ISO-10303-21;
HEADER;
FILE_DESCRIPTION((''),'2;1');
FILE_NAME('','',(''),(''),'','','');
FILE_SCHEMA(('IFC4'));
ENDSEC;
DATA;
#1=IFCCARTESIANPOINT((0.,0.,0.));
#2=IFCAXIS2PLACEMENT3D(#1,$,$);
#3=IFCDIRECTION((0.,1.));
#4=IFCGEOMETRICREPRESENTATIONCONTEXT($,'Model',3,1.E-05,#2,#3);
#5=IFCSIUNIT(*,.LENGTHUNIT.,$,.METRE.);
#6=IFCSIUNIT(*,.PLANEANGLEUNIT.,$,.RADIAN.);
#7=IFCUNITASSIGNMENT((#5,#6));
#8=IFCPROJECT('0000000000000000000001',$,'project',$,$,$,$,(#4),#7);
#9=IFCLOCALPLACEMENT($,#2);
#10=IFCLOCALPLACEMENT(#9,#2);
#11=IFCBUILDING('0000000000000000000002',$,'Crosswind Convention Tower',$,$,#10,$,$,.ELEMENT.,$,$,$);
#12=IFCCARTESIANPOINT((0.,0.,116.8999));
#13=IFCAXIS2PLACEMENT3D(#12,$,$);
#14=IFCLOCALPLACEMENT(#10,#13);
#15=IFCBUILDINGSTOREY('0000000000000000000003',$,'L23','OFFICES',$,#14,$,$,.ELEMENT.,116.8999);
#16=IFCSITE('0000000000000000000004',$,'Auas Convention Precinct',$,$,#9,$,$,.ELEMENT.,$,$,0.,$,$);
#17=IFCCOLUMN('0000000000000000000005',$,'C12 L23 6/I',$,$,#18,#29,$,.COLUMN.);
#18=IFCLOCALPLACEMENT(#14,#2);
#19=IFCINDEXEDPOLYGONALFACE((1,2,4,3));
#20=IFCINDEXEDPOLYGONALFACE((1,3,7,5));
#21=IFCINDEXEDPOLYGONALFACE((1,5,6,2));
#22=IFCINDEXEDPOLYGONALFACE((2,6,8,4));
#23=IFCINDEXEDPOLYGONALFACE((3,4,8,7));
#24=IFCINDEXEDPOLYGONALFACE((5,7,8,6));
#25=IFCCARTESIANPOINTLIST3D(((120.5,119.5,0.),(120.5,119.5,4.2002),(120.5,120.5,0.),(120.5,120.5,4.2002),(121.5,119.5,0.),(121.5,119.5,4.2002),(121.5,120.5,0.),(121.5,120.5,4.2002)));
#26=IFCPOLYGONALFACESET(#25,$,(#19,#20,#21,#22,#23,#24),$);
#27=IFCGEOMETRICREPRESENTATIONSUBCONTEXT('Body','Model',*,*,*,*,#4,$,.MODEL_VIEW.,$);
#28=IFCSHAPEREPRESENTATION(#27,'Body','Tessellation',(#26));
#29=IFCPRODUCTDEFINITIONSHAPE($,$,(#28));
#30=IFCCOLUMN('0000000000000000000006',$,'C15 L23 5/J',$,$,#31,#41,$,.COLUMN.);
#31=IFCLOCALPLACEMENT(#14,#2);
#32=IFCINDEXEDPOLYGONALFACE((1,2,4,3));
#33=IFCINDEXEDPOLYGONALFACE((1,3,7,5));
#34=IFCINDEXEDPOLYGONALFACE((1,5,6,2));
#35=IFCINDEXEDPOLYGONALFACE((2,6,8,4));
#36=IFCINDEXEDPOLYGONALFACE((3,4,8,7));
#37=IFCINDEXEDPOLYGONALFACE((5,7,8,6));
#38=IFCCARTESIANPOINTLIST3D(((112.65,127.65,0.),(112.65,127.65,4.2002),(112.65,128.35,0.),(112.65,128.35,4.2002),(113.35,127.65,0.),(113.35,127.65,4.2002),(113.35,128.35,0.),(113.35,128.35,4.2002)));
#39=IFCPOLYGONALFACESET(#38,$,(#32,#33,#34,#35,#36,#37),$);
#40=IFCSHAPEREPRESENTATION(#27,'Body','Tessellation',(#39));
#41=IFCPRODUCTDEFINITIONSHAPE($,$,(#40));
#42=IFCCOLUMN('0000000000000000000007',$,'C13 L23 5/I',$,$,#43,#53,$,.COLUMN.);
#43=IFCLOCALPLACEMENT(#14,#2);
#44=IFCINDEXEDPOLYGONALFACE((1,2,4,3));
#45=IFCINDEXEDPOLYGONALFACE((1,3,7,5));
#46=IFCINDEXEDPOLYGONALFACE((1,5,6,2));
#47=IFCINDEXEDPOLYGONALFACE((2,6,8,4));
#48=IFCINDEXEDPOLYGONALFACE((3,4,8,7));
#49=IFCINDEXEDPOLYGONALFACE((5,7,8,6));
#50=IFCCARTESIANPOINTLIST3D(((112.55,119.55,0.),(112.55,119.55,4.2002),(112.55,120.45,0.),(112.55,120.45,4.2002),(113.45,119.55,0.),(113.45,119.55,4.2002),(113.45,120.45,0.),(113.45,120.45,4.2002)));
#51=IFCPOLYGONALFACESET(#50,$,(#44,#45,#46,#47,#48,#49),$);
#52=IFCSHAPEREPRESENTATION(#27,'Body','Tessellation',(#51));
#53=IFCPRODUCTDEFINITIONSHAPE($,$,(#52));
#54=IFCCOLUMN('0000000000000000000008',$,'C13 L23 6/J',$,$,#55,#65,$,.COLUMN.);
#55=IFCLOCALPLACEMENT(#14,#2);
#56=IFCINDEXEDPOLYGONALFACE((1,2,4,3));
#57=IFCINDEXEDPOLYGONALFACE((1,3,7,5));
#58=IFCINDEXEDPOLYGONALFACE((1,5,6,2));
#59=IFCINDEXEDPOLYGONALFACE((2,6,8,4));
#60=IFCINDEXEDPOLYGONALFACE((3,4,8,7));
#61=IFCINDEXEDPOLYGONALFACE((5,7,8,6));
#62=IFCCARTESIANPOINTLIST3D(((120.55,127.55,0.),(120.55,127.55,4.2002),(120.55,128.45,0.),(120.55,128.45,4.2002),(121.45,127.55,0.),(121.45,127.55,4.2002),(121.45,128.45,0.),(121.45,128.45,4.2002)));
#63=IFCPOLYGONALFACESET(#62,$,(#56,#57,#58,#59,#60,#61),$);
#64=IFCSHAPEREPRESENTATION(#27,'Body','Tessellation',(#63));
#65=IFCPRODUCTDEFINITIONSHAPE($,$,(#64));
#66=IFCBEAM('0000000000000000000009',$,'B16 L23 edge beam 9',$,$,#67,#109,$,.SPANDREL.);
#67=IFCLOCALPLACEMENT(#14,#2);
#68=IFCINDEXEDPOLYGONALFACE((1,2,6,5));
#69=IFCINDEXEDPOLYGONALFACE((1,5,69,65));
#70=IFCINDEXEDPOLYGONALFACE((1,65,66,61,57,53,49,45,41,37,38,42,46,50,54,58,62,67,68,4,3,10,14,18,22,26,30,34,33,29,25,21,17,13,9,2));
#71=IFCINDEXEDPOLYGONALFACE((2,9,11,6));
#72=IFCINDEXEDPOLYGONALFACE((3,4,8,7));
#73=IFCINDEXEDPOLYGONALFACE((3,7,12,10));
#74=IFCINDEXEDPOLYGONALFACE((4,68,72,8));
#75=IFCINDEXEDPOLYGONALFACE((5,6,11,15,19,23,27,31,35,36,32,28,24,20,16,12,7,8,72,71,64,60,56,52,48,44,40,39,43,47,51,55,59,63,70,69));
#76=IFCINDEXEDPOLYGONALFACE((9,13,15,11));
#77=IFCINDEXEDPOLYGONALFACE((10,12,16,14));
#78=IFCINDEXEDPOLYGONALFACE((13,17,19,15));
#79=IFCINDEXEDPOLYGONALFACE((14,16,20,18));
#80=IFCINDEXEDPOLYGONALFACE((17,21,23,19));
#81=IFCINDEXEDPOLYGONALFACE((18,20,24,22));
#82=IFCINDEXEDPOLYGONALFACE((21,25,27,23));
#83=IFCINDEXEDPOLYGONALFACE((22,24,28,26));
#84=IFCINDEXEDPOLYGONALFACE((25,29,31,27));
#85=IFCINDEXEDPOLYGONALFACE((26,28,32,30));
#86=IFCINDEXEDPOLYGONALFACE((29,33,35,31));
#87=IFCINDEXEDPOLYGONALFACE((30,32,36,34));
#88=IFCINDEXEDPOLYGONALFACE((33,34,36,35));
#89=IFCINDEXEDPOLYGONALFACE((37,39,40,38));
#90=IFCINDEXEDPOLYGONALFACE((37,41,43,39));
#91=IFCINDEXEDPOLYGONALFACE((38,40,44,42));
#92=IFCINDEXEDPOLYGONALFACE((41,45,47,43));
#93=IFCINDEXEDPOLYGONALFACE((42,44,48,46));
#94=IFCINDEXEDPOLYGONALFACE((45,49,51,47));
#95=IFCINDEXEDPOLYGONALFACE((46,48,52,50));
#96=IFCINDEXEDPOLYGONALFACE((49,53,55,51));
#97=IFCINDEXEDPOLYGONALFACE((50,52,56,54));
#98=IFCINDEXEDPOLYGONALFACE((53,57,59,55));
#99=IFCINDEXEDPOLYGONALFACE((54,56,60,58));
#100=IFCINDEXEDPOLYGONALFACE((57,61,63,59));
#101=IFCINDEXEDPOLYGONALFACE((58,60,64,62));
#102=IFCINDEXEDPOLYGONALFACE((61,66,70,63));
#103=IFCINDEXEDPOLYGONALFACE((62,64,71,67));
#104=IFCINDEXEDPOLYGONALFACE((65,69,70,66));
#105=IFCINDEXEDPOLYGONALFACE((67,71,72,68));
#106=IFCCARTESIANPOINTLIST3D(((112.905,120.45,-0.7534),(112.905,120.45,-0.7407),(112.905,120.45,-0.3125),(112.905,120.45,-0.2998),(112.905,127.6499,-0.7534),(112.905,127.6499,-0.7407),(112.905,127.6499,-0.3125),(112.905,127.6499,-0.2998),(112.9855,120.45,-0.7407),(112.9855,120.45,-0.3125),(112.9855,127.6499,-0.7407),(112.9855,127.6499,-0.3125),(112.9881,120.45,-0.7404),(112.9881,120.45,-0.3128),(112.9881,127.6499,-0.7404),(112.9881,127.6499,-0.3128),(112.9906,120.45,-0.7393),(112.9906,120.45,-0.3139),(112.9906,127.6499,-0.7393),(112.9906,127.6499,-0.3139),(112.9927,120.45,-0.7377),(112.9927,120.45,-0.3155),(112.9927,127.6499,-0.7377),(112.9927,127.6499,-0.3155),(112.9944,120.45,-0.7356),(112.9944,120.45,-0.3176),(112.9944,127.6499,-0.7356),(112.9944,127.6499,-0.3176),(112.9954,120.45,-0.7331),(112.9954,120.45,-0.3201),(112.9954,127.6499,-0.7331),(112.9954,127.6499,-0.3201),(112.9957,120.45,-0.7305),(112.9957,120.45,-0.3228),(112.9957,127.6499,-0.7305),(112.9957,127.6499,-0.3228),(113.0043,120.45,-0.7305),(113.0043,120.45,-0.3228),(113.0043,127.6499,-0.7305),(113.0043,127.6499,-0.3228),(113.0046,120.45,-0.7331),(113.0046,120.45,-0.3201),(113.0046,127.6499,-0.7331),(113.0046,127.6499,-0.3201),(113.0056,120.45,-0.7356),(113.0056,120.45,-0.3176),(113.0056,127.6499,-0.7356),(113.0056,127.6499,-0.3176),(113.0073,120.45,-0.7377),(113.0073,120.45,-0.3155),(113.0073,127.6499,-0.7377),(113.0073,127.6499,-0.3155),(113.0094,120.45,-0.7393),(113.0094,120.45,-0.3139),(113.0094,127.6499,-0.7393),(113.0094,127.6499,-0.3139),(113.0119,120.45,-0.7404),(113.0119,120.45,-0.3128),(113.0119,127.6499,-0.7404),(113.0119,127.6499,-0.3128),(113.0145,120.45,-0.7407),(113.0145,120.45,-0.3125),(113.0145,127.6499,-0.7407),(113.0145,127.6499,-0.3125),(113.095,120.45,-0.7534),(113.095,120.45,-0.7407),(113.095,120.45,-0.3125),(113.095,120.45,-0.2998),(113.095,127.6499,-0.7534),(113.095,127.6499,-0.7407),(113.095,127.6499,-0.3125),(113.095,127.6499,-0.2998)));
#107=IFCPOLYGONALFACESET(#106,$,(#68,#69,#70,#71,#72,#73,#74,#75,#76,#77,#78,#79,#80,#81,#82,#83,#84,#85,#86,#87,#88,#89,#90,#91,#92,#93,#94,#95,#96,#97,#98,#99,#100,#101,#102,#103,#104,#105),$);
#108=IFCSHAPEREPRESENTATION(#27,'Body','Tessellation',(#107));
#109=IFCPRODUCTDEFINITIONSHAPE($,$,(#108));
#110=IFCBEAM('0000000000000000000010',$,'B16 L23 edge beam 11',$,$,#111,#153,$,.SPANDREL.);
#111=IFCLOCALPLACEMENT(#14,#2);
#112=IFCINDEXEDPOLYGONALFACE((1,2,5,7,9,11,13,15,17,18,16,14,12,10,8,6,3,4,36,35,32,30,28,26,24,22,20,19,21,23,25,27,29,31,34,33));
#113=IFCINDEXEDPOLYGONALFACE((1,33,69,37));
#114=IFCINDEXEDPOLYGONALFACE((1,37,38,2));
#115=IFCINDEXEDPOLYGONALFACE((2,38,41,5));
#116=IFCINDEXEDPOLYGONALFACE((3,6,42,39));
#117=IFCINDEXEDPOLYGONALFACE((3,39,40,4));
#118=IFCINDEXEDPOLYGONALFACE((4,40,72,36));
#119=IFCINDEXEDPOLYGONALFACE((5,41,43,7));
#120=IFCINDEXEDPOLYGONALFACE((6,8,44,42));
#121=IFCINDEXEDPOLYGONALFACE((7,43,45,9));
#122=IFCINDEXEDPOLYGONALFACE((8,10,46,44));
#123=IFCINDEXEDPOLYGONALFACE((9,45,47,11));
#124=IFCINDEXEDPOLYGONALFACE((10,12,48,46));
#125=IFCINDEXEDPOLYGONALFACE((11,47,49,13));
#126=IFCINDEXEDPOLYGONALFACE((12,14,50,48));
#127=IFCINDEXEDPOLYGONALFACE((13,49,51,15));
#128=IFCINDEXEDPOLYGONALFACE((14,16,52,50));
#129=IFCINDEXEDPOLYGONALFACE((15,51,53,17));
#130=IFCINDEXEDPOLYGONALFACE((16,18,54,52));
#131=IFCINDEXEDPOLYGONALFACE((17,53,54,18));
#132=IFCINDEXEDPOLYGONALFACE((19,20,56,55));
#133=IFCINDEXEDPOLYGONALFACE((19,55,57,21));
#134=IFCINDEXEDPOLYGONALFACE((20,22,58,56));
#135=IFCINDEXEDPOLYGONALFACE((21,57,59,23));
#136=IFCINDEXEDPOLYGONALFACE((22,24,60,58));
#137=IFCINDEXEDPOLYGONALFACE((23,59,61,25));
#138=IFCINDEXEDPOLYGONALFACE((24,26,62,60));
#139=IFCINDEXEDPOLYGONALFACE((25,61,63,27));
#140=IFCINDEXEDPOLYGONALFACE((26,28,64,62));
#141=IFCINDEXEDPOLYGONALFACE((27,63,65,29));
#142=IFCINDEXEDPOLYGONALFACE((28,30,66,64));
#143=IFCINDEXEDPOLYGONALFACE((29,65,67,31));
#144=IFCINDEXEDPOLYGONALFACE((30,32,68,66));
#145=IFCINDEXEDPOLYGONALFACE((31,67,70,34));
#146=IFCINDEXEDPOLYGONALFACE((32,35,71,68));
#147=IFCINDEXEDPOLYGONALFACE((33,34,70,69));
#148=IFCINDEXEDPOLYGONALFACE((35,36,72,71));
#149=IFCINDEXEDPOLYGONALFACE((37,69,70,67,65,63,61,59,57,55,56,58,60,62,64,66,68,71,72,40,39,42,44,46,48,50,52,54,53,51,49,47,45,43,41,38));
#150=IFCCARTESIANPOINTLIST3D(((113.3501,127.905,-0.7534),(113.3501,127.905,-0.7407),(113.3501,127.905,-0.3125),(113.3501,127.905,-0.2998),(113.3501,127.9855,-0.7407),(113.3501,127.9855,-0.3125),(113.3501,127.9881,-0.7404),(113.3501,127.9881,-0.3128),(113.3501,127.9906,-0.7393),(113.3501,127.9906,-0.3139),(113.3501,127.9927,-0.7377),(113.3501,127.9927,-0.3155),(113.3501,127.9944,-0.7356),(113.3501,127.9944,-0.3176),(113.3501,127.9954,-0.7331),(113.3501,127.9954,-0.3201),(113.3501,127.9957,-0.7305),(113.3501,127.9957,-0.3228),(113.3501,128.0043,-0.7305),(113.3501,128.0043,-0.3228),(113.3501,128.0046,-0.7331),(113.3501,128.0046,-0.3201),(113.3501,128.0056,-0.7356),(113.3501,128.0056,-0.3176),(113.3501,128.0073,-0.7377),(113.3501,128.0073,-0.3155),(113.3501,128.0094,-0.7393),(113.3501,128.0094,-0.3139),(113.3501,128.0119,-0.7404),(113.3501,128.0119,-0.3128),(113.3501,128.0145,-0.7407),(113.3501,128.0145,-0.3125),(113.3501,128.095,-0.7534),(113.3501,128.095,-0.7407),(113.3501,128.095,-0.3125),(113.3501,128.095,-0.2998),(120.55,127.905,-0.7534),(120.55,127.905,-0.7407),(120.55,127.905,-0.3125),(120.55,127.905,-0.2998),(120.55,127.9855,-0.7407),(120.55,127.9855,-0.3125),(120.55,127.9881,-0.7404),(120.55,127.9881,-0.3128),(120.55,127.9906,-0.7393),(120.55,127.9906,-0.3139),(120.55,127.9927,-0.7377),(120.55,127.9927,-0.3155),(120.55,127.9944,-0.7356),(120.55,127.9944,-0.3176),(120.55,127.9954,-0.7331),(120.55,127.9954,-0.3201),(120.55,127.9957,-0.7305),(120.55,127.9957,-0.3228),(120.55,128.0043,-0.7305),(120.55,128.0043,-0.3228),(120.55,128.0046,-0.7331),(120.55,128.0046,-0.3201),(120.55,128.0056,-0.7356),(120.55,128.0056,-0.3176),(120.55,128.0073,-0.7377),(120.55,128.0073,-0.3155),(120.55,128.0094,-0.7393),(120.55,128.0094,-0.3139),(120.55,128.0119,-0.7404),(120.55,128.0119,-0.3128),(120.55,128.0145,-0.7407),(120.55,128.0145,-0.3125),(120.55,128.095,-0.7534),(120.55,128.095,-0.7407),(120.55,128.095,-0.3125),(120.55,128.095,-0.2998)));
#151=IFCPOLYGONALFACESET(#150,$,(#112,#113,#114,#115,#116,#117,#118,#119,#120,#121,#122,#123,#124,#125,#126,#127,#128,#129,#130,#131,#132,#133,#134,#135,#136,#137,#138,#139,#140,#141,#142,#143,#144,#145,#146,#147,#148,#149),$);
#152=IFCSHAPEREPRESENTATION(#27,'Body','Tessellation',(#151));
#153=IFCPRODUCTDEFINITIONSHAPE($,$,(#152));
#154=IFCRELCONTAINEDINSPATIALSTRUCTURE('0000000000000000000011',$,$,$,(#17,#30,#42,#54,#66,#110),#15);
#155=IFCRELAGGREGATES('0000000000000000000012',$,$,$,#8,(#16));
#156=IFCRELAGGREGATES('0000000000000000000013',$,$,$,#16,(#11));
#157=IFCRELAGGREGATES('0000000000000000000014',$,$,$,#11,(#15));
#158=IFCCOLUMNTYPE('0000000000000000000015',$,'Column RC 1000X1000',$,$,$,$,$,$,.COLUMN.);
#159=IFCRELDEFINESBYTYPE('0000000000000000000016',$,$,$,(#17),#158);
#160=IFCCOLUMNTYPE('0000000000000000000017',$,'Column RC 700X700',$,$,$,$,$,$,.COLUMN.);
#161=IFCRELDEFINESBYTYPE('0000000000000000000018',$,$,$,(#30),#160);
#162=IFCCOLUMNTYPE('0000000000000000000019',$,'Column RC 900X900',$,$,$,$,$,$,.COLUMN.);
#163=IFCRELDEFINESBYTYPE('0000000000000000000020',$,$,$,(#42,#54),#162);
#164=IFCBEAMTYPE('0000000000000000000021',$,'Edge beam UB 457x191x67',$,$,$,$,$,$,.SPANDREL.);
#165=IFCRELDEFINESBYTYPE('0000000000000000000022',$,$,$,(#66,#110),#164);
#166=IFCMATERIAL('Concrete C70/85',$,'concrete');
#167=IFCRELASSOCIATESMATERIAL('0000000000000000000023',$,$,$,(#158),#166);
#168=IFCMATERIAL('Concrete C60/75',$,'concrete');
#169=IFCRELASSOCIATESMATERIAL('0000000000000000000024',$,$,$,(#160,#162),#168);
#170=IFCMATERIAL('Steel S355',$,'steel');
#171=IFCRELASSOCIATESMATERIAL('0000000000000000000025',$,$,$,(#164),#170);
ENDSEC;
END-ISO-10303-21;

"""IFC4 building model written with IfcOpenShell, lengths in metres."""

from ifc_helpers import new_model, si_unit, direction, frame, origin, origin_2d, place, context, subcontext, project, spatial, rectangle, i_section, extrude, material, material_profile, profile_set, type_object, element, save


model = new_model("IFC4")

# Units and contexts
model_context = context("Model", 3, precision=1e-05, world=origin(), true_north=direction((0.0, 1.0)))
body_context = subcontext(model_context, "Body", "Model", "MODEL_VIEW")
ifc_project = project(units=[si_unit("LENGTHUNIT", "METRE"), si_unit("PLANEANGLEUNIT", "RADIAN")], contexts=[model_context])

# Site, building, storey
site_placement = place(None, origin())
site = spatial("IfcSite", under=ifc_project, at=site_placement, Name="Auas Convention Precinct", CompositionType="ELEMENT", RefElevation=0.0)
building_placement = place(site_placement, origin())
building = spatial("IfcBuilding", under=site, at=building_placement, Name="Crosswind Convention Tower", CompositionType="ELEMENT")
storey_placement = place(building_placement, frame((0.0, 0.0, 116.8999)))
storey = spatial("IfcBuildingStorey", under=building, at=storey_placement, Name="L23", Description="OFFICES", CompositionType="ELEMENT", Elevation=116.8999)

# Columns
ifc_material_1 = material(Name="Concrete C70/85", Category="concrete")
ifc_material_profile_1 = material_profile(ifc_material_1, rectangle(XDim=1.0, YDim=1.0, at=origin_2d()), Name="RC 1000X1000")
ifc_profile_set_1 = profile_set([ifc_material_profile_1], Name="Concrete C70/85")
column_type_1 = type_object("IfcColumnType", Name="Column RC 1000X1000", PredefinedType="COLUMN", material=ifc_profile_set_1)
column_1_placement = place(storey_placement, frame((121.0, 120.0, 0.0), z_axis=(0.0, 0.0, 1.0), x_axis=(1.0, 0.0, 0.0)))
element("IfcColumn", 1, at=column_1_placement, inside=storey, type_object=column_type_1, Name="C12 L23 6/I", PredefinedType="COLUMN", context=body_context, shape_type="SweptSolid", body=[
    extrude(rectangle(XDim=1.0, YDim=1.0, at=origin_2d()), origin(), (0.0, 0.0, 1.0), 4.2002),
])
ifc_material_2 = material(Name="Concrete C60/75", Category="concrete")
ifc_material_profile_2 = material_profile(ifc_material_2, rectangle(XDim=0.7, YDim=0.7, at=origin_2d()), Name="RC 700X700")
ifc_profile_set_2 = profile_set([ifc_material_profile_2], Name="Concrete C60/75")
column_type_2 = type_object("IfcColumnType", Name="Column RC 700X700", PredefinedType="COLUMN", material=ifc_profile_set_2)
column_2_placement = place(storey_placement, frame((113.0, 128.0, 0.0), z_axis=(0.0, 0.0, 1.0), x_axis=(1.0, 0.0, 0.0)))
element("IfcColumn", 2, at=column_2_placement, inside=storey, type_object=column_type_2, Name="C15 L23 5/J", PredefinedType="COLUMN", context=body_context, shape_type="SweptSolid", body=[
    extrude(rectangle(XDim=0.7, YDim=0.7, at=origin_2d()), origin(), (0.0, 0.0, 1.0), 4.2002),
])
ifc_material_profile_3 = material_profile(ifc_material_2, rectangle(XDim=0.8999, YDim=0.8999, at=origin_2d()), Name="RC 900X900")
ifc_profile_set_3 = profile_set([ifc_material_profile_3], Name="Concrete C60/75")
column_type_3 = type_object("IfcColumnType", Name="Column RC 900X900", PredefinedType="COLUMN", material=ifc_profile_set_3)
for number, where, z_axis, x_axis, name in (
    (3, (113.0, 120.0, 0.0), (0.0, 0.0, 1.0), (1.0, 0.0, 0.0), "C13 L23 5/I"),
    (4, (121.0, 128.0, 0.0), (0.0, 0.0, 1.0), (1.0, 0.0, 0.0), "C13 L23 6/J"),
):
    element("IfcColumn", number, at=place(storey_placement, frame(where, z_axis=z_axis, x_axis=x_axis)), inside=storey, type_object=column_type_3, Name=name, PredefinedType="COLUMN", context=body_context, shape_type="SweptSolid", body=[
        extrude(rectangle(XDim=0.8999, YDim=0.8999, at=origin_2d()), origin(), (0.0, 0.0, 1.0), 4.2002),
    ])

# Beams
ifc_material_3 = material(Name="Steel S355", Category="steel")
ifc_material_profile_4 = material_profile(ifc_material_3, i_section(OverallWidth=0.1899, OverallDepth=0.4536, WebThickness=0.0085, FlangeThickness=0.0127, FilletRadius=0.0103, at=origin_2d()), Name="UB 457x191x67")
ifc_profile_set_4 = profile_set([ifc_material_profile_4], Name="Steel S355")
beam_type_1 = type_object("IfcBeamType", Name="Edge beam UB 457x191x67", PredefinedType="SPANDREL", material=ifc_profile_set_4)
for number, where, z_axis, x_axis, name in (
    (5, (113.0, 120.45, -0.5266), (0.0, 1.0, 0.0), (-1.0, 0.0, 0.0), "B16 L23 edge beam 9"),
    (6, (113.3501, 128.0, -0.5266), (1.0, 0.0, 0.0), (0.0, 1.0, 0.0), "B16 L23 edge beam 11"),
):
    element("IfcBeam", number, at=place(storey_placement, frame(where, z_axis=z_axis, x_axis=x_axis)), inside=storey, type_object=beam_type_1, Name=name, PredefinedType="SPANDREL", context=body_context, shape_type="SweptSolid", body=[
        extrude(i_section(OverallWidth=0.1899, OverallDepth=0.4536, WebThickness=0.0085, FlangeThickness=0.0127, FilletRadius=0.0103, at=origin_2d()), origin(), (0.0, 0.0, 1.0), 7.2),
    ])

save(model, "model.ifc")
